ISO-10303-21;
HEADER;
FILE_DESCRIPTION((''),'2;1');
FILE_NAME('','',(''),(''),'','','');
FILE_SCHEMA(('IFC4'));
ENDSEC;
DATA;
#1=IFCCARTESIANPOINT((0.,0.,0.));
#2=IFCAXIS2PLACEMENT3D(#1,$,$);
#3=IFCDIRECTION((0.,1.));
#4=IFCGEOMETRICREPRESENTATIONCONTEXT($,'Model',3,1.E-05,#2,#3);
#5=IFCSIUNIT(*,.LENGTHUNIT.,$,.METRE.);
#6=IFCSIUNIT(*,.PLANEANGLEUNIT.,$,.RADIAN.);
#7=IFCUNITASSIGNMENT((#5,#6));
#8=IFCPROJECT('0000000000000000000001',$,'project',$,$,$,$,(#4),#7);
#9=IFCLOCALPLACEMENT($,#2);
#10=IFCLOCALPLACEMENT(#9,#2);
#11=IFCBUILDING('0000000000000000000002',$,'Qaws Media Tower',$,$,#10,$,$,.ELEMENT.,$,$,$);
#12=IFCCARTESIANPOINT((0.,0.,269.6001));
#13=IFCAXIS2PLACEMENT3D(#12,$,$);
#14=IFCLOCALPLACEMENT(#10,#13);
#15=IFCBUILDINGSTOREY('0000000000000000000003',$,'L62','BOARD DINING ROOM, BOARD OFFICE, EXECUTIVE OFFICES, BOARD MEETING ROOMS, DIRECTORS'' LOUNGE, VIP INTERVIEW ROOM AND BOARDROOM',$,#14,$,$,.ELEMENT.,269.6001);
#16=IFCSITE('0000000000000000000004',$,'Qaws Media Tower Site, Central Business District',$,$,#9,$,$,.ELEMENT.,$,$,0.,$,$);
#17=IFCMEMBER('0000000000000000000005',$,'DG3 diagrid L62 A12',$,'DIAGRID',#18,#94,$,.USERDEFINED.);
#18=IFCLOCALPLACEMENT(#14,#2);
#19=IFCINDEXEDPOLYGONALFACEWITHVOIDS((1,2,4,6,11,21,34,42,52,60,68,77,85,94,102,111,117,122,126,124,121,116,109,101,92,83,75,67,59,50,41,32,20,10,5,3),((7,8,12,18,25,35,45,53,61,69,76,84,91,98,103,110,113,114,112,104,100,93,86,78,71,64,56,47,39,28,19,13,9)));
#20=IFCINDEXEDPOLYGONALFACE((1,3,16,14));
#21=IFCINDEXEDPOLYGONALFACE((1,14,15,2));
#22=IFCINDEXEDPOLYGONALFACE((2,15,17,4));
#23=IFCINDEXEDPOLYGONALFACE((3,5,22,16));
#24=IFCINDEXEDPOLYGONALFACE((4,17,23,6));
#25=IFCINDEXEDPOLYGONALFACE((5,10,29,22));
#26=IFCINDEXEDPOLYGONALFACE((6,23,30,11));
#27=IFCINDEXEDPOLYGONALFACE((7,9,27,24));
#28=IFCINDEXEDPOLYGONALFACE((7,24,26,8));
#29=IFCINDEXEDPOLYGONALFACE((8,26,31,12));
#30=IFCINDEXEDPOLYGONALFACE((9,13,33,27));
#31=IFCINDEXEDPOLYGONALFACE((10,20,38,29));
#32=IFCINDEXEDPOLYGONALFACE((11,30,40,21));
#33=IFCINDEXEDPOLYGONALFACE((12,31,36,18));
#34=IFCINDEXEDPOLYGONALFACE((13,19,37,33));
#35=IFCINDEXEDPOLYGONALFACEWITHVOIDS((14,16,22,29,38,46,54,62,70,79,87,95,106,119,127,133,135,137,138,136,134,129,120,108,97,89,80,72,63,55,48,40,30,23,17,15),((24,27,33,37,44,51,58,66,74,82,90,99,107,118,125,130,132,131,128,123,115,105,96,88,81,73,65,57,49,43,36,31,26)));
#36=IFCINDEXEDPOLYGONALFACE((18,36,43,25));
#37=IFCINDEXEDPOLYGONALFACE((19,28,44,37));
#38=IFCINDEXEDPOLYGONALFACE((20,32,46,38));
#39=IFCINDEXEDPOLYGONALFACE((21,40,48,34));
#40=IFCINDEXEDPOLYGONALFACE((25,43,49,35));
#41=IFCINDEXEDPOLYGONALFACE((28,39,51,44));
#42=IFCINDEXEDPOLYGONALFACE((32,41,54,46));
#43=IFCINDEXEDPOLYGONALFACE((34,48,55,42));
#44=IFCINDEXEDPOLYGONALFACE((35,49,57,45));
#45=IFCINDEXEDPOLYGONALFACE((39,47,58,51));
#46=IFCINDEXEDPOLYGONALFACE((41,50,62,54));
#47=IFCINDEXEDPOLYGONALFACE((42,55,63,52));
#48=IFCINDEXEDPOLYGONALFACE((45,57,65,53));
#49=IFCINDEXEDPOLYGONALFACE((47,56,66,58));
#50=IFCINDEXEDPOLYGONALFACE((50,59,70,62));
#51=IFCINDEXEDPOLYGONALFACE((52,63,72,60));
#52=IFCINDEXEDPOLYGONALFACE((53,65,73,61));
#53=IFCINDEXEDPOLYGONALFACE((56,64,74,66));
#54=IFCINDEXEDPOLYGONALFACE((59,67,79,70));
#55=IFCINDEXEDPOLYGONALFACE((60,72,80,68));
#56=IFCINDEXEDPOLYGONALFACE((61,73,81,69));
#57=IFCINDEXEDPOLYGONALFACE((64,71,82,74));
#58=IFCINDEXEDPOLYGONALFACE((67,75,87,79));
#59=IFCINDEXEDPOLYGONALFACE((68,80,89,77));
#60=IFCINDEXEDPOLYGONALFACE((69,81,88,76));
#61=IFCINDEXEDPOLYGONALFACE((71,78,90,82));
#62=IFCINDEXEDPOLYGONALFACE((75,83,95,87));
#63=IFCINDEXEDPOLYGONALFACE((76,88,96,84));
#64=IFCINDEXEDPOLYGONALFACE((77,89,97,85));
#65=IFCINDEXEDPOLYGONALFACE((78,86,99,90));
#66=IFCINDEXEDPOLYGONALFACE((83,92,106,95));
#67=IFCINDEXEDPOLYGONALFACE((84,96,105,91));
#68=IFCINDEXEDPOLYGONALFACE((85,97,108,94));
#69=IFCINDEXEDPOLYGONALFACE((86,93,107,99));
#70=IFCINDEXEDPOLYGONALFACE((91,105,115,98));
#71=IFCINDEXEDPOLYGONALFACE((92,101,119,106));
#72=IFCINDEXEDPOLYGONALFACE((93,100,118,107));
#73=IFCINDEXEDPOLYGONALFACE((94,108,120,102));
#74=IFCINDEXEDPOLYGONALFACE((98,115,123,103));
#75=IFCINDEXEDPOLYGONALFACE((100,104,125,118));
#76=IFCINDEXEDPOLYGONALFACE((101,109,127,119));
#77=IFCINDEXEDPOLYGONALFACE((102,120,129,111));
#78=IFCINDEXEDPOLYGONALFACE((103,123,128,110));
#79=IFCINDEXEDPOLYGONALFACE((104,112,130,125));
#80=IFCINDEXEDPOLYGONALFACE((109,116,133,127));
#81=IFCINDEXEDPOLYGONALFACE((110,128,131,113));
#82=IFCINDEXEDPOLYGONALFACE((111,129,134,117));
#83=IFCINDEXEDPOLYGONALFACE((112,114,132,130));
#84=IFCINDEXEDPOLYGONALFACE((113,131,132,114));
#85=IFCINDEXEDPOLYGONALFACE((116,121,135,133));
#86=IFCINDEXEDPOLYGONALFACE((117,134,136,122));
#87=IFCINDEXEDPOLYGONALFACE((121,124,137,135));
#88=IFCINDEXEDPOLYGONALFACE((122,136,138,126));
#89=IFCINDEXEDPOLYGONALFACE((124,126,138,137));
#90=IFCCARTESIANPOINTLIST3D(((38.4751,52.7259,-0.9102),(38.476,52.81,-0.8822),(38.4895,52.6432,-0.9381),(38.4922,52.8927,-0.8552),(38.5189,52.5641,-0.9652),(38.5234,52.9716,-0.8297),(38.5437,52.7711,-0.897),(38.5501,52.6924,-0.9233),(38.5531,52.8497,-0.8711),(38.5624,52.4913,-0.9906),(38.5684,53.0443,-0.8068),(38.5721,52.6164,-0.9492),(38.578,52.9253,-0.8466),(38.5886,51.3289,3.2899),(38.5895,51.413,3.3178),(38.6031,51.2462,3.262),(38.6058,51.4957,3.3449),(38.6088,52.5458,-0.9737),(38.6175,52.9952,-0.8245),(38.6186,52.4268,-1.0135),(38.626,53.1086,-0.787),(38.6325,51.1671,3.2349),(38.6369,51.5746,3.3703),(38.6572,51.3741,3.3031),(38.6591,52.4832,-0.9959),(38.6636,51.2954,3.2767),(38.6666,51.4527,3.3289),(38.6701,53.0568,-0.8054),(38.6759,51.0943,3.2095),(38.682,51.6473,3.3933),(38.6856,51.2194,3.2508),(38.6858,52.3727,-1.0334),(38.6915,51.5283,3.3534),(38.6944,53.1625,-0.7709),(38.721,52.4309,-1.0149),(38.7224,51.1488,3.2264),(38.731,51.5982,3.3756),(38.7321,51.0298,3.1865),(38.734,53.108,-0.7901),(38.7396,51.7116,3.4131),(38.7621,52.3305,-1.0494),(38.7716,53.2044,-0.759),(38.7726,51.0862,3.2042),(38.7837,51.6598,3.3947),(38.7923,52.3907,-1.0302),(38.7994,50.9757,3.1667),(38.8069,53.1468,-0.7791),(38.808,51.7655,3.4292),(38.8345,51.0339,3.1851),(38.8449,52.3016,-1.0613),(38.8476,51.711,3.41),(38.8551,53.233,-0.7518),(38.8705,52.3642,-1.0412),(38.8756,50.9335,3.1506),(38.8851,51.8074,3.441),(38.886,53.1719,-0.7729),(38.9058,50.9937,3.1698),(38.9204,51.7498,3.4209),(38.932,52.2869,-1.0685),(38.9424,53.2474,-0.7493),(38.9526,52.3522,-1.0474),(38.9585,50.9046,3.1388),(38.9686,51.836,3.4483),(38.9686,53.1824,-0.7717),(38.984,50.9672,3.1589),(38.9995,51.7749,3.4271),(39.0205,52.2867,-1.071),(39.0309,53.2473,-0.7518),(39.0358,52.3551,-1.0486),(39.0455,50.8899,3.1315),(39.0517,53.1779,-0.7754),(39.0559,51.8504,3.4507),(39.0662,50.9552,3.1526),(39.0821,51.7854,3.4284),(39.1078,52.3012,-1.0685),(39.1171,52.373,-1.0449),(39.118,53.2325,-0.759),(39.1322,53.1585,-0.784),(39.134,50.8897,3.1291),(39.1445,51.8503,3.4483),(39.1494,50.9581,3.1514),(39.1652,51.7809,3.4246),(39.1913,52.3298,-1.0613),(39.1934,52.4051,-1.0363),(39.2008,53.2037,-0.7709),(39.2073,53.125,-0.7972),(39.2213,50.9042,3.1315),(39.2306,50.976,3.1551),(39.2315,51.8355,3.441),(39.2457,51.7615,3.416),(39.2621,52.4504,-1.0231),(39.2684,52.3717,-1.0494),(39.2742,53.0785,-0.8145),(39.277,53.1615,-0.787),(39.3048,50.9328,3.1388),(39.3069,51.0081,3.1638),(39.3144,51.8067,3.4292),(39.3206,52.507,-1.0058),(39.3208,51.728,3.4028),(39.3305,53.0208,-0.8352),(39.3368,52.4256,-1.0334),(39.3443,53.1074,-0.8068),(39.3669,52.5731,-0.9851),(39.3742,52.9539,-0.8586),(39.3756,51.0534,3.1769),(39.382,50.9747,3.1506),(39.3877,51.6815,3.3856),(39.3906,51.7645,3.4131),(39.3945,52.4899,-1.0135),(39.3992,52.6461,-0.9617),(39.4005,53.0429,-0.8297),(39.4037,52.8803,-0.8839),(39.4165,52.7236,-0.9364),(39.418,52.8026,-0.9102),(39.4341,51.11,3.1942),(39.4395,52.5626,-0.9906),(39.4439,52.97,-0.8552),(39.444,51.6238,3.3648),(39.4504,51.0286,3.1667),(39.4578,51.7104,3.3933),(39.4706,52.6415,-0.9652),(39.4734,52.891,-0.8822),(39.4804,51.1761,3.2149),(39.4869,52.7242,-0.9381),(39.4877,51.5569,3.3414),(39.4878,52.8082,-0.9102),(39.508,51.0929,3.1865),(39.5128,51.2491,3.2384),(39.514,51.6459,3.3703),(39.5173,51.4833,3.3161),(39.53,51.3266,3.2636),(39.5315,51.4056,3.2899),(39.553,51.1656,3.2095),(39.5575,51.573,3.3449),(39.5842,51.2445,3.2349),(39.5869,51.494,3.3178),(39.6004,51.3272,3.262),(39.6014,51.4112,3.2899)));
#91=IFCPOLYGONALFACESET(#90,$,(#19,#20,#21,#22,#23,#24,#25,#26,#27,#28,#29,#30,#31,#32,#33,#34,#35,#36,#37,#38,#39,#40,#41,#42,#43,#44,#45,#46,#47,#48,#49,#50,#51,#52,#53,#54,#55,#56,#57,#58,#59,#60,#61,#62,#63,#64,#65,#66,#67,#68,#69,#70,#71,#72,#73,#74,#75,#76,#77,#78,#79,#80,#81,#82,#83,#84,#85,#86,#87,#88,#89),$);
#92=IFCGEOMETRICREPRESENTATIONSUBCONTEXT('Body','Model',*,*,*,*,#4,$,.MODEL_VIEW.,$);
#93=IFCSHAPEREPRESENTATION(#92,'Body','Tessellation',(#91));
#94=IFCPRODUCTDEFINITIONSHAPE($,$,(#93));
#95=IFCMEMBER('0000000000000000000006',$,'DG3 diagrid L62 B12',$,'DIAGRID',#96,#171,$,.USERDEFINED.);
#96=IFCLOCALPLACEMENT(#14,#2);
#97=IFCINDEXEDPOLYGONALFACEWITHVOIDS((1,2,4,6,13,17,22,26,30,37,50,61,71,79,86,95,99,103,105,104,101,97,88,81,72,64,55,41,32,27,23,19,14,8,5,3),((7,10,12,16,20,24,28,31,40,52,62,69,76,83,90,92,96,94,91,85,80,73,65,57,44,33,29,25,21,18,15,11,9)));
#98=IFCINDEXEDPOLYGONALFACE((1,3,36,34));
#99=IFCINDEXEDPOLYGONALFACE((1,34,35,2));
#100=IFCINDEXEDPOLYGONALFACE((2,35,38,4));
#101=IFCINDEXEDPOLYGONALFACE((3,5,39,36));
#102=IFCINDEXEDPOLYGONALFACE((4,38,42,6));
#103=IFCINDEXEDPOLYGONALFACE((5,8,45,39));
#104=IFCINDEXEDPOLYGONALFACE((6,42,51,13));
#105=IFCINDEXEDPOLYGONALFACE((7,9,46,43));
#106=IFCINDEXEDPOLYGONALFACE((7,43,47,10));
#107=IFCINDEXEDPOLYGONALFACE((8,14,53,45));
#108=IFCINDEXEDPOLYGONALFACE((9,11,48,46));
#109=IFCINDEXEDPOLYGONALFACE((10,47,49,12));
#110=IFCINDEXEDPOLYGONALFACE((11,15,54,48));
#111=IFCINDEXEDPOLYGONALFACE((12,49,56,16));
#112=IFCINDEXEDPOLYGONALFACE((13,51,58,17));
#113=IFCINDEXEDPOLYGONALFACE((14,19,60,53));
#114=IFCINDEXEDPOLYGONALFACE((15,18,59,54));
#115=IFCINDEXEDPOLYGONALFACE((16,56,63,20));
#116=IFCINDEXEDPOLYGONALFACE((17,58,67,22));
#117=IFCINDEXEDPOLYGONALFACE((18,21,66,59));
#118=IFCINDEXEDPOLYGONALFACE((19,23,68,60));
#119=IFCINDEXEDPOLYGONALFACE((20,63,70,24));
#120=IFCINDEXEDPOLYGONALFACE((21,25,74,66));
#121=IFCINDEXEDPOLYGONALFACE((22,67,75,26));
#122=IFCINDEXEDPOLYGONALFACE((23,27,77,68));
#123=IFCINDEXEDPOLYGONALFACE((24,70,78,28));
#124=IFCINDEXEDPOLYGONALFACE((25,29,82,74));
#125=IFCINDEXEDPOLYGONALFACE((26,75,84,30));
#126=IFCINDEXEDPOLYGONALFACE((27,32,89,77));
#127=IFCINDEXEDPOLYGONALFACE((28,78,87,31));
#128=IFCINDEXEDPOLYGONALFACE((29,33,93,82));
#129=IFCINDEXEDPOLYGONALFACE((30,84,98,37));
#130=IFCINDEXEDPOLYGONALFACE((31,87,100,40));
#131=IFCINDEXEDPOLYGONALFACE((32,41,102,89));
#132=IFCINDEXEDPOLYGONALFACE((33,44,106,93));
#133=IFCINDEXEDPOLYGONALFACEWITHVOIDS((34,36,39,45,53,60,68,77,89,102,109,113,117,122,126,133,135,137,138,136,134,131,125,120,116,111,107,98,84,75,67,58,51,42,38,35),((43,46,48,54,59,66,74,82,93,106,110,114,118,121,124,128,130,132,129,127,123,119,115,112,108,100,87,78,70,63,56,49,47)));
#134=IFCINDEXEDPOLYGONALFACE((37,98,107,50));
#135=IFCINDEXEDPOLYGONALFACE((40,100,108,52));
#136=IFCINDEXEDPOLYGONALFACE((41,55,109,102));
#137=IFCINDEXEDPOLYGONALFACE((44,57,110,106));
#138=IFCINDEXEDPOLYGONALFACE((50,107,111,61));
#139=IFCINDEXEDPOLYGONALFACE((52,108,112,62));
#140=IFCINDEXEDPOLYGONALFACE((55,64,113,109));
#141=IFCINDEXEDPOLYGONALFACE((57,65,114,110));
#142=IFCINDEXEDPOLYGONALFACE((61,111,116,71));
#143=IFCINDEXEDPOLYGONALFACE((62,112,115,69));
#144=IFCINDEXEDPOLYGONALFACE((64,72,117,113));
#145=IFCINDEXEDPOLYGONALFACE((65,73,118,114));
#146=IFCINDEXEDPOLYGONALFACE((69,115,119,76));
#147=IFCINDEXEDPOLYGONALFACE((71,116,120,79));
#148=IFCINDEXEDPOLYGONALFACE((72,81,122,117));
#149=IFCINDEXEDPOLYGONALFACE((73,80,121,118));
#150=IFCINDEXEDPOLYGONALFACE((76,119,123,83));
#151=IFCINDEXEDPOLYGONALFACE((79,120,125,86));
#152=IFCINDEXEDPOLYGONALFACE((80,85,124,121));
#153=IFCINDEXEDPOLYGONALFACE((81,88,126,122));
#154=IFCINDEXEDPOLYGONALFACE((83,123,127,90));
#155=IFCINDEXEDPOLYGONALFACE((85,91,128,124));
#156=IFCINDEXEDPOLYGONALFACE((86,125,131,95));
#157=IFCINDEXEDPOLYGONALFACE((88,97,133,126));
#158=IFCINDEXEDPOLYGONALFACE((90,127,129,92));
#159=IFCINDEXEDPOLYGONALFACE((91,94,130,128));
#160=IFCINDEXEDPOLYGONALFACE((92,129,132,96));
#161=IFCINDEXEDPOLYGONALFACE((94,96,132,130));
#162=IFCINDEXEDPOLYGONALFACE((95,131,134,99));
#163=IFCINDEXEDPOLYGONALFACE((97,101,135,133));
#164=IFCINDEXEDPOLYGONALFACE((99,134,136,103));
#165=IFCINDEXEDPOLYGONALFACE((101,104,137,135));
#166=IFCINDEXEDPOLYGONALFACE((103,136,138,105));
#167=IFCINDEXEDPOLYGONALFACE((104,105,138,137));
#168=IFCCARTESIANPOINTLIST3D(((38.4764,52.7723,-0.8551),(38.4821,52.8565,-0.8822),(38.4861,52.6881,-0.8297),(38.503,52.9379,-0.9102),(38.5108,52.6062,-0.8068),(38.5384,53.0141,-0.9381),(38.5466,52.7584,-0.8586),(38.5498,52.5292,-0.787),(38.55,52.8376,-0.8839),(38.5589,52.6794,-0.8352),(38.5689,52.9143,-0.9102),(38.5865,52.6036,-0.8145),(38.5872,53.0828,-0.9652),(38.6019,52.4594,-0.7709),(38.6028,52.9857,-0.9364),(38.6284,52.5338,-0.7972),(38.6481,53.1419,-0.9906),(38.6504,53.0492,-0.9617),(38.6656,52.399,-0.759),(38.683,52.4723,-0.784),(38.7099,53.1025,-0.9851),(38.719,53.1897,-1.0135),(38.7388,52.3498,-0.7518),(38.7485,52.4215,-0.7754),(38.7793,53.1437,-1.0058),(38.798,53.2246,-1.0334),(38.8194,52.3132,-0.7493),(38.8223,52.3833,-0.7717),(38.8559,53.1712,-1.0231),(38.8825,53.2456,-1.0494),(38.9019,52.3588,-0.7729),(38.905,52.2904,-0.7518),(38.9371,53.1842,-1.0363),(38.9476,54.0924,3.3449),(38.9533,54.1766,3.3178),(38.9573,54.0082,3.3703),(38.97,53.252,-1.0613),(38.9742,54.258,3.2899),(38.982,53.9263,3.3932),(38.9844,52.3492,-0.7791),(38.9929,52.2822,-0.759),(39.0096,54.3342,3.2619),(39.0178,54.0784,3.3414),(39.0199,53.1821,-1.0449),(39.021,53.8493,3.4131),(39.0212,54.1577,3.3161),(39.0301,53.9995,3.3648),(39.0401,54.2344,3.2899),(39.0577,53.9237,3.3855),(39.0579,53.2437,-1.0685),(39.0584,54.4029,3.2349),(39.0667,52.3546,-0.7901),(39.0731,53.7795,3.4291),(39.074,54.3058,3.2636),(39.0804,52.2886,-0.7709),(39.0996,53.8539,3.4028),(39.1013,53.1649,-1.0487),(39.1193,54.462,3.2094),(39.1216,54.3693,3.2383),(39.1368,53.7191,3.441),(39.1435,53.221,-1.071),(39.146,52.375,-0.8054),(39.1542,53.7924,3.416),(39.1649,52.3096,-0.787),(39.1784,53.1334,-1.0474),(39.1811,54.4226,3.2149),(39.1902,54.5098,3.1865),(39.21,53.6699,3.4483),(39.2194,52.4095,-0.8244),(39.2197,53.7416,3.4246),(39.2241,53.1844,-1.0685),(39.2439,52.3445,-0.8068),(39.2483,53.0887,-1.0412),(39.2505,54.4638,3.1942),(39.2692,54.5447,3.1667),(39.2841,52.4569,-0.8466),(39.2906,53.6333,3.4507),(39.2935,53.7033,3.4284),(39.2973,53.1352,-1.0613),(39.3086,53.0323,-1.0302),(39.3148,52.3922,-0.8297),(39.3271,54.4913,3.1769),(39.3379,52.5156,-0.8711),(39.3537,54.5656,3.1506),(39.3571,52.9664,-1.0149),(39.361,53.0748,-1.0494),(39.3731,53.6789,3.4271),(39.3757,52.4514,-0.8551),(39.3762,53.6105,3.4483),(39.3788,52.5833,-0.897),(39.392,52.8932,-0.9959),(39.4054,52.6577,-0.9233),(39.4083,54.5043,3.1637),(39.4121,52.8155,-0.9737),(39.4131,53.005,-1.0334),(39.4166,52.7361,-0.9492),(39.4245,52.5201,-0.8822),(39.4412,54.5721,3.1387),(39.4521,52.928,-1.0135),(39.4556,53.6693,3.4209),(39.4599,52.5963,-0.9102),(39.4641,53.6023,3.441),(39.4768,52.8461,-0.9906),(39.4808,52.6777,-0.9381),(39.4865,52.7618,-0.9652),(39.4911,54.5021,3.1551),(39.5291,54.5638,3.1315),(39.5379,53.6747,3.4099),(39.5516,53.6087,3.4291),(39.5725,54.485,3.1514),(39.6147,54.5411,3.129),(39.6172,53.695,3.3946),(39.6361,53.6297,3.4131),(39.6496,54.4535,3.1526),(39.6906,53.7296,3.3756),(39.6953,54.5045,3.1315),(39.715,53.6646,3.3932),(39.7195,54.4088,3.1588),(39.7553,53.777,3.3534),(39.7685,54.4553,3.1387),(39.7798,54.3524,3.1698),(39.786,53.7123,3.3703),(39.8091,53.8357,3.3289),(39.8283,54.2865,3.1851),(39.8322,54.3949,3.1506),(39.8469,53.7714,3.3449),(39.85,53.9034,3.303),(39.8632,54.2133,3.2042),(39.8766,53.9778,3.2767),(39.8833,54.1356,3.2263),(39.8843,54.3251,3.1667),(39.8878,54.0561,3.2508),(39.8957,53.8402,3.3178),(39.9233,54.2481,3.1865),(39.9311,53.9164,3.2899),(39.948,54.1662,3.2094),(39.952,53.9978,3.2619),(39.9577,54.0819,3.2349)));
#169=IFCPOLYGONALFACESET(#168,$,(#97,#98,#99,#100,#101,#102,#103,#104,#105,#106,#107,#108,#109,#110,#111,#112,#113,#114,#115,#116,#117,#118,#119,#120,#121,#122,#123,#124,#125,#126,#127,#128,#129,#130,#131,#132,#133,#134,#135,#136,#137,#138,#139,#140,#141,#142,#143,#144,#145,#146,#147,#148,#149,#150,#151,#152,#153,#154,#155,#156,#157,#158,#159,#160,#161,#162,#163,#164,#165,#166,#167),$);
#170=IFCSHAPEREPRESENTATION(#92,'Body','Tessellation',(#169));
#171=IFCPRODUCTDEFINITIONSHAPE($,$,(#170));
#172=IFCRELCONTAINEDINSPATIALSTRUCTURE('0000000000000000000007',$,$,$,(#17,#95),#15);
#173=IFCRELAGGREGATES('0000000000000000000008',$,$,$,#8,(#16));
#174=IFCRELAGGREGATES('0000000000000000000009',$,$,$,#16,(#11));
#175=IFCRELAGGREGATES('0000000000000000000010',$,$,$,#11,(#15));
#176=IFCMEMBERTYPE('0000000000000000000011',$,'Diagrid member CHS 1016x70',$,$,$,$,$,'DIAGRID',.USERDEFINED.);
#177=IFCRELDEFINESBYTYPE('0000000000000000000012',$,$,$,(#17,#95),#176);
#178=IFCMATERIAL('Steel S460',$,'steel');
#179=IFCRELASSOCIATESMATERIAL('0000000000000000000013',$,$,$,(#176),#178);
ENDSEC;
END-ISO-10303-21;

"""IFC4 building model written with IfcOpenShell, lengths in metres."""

from ifc_helpers import new_model, si_unit, direction, frame, origin, origin_2d, place, context, subcontext, project, spatial, hollow_circle, extrude, material, material_profile, profile_set, type_object, element, save


model = new_model("IFC4")

# Units and contexts
model_context = context("Model", 3, precision=1e-05, world=origin(), true_north=direction((0.0, 1.0)))
body_context = subcontext(model_context, "Body", "Model", "MODEL_VIEW")
ifc_project = project(units=[si_unit("LENGTHUNIT", "METRE"), si_unit("PLANEANGLEUNIT", "RADIAN")], contexts=[model_context])

# Site, building, storey
site_placement = place(None, origin())
site = spatial("IfcSite", under=ifc_project, at=site_placement, Name="Qaws Media Tower Site, Central Business District", CompositionType="ELEMENT", RefElevation=0.0)
building_placement = place(site_placement, origin())
building = spatial("IfcBuilding", under=site, at=building_placement, Name="Qaws Media Tower", CompositionType="ELEMENT")
storey_placement = place(building_placement, frame((0.0, 0.0, 269.6001)))
storey = spatial("IfcBuildingStorey", under=building, at=storey_placement, Name="L62", Description="BOARD DINING ROOM, BOARD OFFICE, EXECUTIVE OFFICES, BOARD MEETING ROOMS, DIRECTORS' LOUNGE, VIP INTERVIEW ROOM AND BOARDROOM", CompositionType="ELEMENT", Elevation=269.6001)

# Members
ifc_material_1 = material(Name="Steel S460", Category="steel")
ifc_material_profile_1 = material_profile(ifc_material_1, hollow_circle(Radius=0.5081, WallThickness=0.0701, at=origin_2d()), Name="CHS 1016x70")
ifc_profile_set_1 = profile_set([ifc_material_profile_1], Name="Steel S460")
member_type_1 = type_object("IfcMemberType", Name="Diagrid member CHS 1016x70", ElementType="DIAGRID", PredefinedType="USERDEFINED", material=ifc_profile_set_1)
for number, where, z_axis, x_axis, name in (
    (1, (38.9814, 52.7671, -0.9102), (0.02564, -0.315512, 0.948575), (0.996714, 0.080998, 0.0), "DG3 diagrid L62 A12"),
    (2, (38.9814, 52.7671, -0.9102), (0.10642, 0.298141, 0.948571), (-0.941801, 0.336171, 0.0), "DG3 diagrid L62 B12"),
):
    element("IfcMember", number, at=place(storey_placement, frame(where, z_axis=z_axis, x_axis=x_axis)), inside=storey, type_object=member_type_1, Name=name, ObjectType="DIAGRID", PredefinedType="USERDEFINED", context=body_context, shape_type="SweptSolid", body=[
        extrude(hollow_circle(Radius=0.5081, WallThickness=0.0701, at=origin_2d()), origin(), (0.0, 0.0, 1.0), 4.4277),
    ])

save(model, "model.ifc")
